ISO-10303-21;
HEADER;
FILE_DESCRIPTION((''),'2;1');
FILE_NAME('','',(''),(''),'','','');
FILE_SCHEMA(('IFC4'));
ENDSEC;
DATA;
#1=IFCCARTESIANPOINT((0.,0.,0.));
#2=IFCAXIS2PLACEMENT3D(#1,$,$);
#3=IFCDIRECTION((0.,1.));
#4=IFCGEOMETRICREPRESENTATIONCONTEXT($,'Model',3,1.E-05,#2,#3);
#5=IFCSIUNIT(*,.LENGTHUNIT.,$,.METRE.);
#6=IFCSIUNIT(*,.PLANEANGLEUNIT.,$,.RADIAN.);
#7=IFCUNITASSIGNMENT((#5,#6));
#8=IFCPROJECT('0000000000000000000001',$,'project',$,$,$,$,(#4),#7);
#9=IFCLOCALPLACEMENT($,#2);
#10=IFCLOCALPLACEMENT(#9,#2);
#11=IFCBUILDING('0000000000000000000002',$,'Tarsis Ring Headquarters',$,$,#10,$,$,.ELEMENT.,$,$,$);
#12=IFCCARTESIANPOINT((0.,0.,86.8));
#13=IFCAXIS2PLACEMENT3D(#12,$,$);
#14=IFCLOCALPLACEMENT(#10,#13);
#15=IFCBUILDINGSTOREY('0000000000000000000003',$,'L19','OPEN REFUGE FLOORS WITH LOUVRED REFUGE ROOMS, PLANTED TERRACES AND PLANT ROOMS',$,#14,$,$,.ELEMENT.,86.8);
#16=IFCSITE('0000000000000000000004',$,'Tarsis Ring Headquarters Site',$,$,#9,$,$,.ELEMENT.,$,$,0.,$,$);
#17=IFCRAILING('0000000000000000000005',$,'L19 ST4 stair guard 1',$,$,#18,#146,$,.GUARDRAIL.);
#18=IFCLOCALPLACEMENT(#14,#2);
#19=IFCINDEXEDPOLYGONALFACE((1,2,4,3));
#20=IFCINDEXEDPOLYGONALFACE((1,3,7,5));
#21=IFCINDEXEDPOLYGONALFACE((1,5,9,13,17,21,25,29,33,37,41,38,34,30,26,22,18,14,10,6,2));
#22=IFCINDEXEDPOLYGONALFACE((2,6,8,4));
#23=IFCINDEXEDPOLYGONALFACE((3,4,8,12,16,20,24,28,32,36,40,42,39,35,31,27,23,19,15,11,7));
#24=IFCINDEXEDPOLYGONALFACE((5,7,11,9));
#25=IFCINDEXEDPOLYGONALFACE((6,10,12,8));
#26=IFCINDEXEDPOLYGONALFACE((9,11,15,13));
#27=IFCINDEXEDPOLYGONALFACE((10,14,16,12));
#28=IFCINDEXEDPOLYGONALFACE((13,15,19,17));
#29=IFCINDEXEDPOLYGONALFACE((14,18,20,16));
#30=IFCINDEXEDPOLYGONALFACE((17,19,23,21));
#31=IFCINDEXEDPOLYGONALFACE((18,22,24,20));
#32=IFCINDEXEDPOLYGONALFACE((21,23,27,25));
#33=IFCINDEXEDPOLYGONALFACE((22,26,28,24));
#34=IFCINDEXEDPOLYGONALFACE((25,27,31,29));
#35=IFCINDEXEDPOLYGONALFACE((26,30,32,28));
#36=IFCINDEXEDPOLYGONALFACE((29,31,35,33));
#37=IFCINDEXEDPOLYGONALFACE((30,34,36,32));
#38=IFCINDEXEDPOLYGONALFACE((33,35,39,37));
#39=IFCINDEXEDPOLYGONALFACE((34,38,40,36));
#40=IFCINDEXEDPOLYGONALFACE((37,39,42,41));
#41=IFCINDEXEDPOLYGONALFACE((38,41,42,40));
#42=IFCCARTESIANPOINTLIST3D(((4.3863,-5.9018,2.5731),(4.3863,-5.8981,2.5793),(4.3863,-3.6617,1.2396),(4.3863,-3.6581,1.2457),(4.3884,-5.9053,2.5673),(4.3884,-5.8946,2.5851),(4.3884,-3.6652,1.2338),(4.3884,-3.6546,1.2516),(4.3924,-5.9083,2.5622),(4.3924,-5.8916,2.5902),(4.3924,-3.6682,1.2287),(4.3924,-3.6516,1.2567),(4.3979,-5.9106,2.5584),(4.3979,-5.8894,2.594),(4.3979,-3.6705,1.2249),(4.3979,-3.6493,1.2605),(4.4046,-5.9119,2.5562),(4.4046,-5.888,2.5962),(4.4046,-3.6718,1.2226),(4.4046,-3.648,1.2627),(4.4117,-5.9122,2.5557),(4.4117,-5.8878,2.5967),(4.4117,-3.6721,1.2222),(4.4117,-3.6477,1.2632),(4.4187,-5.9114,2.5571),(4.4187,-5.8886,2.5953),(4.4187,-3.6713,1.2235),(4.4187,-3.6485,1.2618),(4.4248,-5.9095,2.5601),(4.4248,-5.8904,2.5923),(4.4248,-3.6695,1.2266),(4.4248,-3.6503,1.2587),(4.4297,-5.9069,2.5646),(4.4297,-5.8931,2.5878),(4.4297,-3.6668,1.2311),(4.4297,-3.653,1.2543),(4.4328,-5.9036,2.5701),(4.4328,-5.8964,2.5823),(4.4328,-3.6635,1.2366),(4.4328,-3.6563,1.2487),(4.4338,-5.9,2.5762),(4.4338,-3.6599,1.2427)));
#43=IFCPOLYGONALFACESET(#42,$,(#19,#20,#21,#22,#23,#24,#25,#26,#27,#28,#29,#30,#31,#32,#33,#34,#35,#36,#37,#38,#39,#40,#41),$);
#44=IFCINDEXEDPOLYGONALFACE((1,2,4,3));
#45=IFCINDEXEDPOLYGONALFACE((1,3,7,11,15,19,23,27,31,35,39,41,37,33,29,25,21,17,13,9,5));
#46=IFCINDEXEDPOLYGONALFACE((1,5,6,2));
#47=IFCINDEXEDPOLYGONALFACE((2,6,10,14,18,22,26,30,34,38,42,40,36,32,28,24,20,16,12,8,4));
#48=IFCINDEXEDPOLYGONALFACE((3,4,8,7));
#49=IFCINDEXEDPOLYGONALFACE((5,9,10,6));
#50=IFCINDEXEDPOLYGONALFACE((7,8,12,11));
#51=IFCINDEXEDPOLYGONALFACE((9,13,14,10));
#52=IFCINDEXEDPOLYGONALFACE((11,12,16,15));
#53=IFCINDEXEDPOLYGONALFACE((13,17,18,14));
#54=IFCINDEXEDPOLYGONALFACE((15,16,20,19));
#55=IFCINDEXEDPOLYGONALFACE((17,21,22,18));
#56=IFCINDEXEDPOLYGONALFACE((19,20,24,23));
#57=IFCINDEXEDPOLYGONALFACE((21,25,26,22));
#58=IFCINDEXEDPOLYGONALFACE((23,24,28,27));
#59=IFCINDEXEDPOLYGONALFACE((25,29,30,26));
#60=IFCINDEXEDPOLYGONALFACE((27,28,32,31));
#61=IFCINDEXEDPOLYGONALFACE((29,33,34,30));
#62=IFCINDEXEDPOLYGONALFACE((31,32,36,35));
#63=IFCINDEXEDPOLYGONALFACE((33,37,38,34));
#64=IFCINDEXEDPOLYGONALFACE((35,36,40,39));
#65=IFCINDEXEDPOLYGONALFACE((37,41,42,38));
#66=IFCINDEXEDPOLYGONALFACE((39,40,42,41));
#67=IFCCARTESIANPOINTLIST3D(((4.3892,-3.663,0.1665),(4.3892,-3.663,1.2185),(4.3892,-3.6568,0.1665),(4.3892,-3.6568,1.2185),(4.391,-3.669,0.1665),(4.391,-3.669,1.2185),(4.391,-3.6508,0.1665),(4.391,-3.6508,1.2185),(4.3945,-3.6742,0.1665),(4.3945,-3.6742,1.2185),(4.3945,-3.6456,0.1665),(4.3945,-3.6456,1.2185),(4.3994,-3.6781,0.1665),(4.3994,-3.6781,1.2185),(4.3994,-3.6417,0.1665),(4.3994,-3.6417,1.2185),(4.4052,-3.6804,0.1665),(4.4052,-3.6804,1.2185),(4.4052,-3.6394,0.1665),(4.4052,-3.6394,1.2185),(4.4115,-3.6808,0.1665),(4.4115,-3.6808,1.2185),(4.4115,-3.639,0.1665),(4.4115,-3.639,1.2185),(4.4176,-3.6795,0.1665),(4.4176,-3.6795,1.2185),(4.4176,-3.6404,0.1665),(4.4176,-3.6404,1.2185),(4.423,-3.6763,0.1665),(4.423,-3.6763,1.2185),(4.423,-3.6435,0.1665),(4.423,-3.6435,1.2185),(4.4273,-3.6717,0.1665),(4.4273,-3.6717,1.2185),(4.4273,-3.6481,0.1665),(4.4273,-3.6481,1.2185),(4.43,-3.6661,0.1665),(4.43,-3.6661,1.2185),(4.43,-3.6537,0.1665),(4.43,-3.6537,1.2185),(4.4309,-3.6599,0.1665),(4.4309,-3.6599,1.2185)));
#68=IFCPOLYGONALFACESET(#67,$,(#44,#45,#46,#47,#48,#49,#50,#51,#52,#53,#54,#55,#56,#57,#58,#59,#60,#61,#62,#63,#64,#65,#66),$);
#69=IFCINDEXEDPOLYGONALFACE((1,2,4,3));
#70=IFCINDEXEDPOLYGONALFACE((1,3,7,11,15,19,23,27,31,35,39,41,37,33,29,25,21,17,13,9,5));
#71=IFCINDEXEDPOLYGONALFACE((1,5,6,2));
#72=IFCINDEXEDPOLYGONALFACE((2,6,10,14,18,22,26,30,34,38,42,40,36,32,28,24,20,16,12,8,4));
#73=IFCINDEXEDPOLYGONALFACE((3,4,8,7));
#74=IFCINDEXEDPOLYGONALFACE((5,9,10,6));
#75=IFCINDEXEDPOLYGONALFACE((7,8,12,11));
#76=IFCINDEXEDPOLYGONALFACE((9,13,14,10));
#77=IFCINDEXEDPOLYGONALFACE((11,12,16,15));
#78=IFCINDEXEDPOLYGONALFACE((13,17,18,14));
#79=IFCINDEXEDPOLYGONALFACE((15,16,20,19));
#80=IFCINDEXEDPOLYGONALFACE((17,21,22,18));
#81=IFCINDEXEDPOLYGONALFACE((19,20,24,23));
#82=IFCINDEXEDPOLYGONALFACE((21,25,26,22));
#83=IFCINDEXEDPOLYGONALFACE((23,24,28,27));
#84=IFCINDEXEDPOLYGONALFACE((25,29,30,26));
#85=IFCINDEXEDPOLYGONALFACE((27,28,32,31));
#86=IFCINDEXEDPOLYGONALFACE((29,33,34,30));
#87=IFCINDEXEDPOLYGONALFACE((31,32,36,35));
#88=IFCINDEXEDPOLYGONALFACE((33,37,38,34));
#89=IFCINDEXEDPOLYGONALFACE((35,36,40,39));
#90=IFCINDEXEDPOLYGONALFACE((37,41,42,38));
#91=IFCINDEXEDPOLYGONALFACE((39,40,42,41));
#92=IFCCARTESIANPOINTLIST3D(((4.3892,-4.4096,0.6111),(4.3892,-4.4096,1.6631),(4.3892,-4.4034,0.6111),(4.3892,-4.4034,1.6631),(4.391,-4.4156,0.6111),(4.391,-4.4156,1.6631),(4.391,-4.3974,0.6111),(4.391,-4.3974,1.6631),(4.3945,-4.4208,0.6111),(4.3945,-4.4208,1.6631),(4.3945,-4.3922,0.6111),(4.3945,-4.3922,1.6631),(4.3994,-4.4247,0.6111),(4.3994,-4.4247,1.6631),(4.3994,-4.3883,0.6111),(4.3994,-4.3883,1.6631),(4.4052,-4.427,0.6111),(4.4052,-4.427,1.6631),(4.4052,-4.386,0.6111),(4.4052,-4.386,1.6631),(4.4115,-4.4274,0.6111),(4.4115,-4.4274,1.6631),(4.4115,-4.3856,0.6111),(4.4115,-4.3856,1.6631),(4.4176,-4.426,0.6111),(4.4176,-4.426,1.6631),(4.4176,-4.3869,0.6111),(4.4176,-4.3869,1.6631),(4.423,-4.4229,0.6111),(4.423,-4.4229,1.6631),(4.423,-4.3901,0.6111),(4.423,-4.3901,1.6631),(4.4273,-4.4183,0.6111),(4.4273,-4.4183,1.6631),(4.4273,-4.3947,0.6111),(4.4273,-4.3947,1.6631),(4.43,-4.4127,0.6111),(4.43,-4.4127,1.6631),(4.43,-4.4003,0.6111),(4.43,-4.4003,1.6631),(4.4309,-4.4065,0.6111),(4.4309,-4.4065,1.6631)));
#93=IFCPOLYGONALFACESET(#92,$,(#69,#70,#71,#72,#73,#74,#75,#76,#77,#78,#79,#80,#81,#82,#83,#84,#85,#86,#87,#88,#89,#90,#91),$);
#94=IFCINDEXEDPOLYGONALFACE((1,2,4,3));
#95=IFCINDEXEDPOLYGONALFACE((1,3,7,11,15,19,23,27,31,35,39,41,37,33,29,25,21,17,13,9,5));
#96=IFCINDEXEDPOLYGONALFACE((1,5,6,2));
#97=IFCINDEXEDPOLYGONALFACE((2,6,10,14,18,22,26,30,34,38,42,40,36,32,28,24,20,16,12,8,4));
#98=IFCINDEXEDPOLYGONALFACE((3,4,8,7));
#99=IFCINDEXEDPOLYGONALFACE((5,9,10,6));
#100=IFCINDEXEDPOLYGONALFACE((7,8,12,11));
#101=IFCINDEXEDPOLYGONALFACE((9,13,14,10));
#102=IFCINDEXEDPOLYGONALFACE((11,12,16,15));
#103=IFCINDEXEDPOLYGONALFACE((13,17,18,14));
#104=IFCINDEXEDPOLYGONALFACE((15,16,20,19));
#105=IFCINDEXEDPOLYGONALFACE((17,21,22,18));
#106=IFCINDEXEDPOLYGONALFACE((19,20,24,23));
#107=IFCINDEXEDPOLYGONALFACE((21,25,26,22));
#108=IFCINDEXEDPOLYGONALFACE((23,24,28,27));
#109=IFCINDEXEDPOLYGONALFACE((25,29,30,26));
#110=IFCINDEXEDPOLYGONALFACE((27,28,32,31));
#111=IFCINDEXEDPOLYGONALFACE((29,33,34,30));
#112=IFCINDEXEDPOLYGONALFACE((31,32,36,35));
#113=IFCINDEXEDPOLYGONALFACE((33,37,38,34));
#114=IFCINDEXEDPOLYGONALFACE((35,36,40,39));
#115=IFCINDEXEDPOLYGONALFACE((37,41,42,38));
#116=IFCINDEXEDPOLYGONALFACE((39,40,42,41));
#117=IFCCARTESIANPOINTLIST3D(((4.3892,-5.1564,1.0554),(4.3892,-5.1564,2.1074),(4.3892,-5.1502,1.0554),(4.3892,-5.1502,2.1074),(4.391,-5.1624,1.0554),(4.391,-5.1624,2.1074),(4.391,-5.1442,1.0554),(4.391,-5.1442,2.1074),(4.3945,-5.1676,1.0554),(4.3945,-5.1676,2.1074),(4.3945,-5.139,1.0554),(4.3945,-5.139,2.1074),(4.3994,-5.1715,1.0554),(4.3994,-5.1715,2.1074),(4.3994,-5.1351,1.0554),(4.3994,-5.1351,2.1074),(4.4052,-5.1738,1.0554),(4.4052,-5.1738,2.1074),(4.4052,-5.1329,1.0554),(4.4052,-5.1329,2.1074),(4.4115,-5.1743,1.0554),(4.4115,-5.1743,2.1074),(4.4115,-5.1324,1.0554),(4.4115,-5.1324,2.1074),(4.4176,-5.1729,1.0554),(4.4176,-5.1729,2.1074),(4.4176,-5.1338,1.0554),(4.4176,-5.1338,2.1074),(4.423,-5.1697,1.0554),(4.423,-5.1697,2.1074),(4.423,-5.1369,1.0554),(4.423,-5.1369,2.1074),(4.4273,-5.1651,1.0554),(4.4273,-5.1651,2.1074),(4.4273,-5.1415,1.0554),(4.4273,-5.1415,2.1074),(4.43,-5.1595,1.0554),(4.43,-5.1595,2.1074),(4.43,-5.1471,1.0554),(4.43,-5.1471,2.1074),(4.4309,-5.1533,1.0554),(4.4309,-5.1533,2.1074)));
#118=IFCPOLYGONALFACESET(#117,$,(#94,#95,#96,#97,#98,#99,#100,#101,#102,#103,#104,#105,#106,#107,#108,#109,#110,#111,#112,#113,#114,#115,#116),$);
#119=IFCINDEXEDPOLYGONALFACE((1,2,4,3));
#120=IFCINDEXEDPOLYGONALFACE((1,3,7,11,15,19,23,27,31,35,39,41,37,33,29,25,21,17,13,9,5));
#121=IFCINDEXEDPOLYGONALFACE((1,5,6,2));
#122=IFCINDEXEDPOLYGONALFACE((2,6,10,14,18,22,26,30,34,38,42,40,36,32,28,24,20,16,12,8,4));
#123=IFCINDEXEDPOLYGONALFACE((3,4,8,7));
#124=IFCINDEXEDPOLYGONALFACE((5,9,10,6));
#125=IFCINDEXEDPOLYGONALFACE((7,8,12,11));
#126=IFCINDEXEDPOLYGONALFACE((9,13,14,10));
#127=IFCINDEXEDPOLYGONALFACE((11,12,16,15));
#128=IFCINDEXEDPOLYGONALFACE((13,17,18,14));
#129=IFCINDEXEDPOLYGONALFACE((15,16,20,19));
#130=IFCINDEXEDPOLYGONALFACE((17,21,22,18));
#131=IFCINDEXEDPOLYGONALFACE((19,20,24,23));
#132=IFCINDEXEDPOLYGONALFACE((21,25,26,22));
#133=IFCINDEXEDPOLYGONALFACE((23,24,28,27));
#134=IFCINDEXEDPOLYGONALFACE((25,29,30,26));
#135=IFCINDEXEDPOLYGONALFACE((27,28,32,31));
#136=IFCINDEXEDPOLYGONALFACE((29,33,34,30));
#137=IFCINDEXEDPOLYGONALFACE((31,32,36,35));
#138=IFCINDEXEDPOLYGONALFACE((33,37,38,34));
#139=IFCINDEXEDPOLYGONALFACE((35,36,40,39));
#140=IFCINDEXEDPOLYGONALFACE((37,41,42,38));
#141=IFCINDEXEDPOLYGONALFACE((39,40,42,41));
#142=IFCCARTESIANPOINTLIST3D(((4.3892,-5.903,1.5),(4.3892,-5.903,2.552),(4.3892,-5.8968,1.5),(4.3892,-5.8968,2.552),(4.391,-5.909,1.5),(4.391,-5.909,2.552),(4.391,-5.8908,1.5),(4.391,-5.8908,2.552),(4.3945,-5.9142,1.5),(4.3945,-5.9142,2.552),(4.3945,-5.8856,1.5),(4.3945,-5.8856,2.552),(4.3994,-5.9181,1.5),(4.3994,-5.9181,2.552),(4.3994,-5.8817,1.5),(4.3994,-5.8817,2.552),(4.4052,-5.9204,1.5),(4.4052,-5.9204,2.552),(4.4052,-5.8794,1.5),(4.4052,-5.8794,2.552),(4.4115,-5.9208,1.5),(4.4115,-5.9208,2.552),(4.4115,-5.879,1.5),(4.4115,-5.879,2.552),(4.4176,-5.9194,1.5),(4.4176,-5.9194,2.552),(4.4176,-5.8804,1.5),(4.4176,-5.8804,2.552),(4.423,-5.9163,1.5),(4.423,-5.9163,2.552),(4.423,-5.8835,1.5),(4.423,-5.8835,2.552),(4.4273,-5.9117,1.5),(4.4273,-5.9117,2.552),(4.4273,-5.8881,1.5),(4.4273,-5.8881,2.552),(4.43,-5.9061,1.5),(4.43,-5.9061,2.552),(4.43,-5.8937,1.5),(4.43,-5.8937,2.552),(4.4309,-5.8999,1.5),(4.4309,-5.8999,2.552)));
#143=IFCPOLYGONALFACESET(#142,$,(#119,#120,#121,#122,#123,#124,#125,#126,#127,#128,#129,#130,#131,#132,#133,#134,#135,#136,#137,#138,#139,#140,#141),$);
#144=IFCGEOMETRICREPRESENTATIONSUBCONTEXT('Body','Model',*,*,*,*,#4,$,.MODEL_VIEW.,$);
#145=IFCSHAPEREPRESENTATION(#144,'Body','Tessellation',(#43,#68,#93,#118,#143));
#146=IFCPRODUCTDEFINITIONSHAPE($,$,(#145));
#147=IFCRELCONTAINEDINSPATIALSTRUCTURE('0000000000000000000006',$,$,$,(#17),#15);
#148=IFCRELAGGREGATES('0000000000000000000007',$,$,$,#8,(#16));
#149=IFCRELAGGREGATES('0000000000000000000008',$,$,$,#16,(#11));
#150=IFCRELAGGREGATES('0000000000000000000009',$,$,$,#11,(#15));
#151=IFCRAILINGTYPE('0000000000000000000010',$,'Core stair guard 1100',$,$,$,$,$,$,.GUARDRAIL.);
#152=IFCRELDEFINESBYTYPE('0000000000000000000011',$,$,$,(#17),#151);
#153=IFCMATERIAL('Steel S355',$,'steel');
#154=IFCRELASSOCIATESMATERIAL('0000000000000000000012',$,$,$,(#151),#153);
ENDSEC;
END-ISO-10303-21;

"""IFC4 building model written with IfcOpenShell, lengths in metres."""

from ifc_helpers import new_model, si_unit, direction, frame, origin, origin_2d, place, context, subcontext, project, spatial, circle, extrude, material, type_object, element, save


model = new_model("IFC4")

# Units and contexts
model_context = context("Model", 3, precision=1e-05, world=origin(), true_north=direction((0.0, 1.0)))
body_context = subcontext(model_context, "Body", "Model", "MODEL_VIEW")
ifc_project = project(units=[si_unit("LENGTHUNIT", "METRE"), si_unit("PLANEANGLEUNIT", "RADIAN")], contexts=[model_context])

# Site, building, storey
site_placement = place(None, origin())
site = spatial("IfcSite", under=ifc_project, at=site_placement, Name="Tarsis Ring Headquarters Site", CompositionType="ELEMENT", RefElevation=0.0)
building_placement = place(site_placement, origin())
building = spatial("IfcBuilding", under=site, at=building_placement, Name="Tarsis Ring Headquarters", CompositionType="ELEMENT")
storey_placement = place(building_placement, frame((0.0, 0.0, 86.8)))
storey = spatial("IfcBuildingStorey", under=building, at=storey_placement, Name="L19", Description="OPEN REFUGE FLOORS WITH LOUVRED REFUGE ROOMS, PLANTED TERRACES AND PLANT ROOMS", CompositionType="ELEMENT", Elevation=86.8)

# Railing
ifc_material_1 = material(Name="Steel S355", Category="steel")
railing_type_1 = type_object("IfcRailingType", Name="Core stair guard 1100", PredefinedType="GUARDRAIL", material=ifc_material_1)
railing_1_placement = place(storey_placement, frame((4.4099, -3.6599, 0.1665)))
element("IfcRailing", 1, at=railing_1_placement, inside=storey, type_object=railing_type_1, Name="L19 ST4 stair guard 1", PredefinedType="GUARDRAIL", context=body_context, shape_type="SweptSolid", body=[
    extrude(circle(Radius=0.0239, at=origin_2d()), frame((0.0, 0.0, 1.0762), z_axis=(0.0, -0.859264, 0.511532), x_axis=(1.0, 0.0, 0.0)), (0.0, 0.0, 1.0), 2.6069),
    extrude(circle(Radius=0.021, at=origin_2d()), origin(), (0.0, 0.0, 1.0), 1.052),
    extrude(circle(Radius=0.021, at=origin_2d()), frame((0.0, -0.7466, 0.4446)), (0.0, 0.0, 1.0), 1.052),
    extrude(circle(Radius=0.021, at=origin_2d()), frame((0.0, -1.4934, 0.8889)), (0.0, 0.0, 1.0), 1.052),
    extrude(circle(Radius=0.021, at=origin_2d()), frame((0.0, -2.24, 1.3335)), (0.0, 0.0, 1.0), 1.052),
])

save(model, "model.ifc")
